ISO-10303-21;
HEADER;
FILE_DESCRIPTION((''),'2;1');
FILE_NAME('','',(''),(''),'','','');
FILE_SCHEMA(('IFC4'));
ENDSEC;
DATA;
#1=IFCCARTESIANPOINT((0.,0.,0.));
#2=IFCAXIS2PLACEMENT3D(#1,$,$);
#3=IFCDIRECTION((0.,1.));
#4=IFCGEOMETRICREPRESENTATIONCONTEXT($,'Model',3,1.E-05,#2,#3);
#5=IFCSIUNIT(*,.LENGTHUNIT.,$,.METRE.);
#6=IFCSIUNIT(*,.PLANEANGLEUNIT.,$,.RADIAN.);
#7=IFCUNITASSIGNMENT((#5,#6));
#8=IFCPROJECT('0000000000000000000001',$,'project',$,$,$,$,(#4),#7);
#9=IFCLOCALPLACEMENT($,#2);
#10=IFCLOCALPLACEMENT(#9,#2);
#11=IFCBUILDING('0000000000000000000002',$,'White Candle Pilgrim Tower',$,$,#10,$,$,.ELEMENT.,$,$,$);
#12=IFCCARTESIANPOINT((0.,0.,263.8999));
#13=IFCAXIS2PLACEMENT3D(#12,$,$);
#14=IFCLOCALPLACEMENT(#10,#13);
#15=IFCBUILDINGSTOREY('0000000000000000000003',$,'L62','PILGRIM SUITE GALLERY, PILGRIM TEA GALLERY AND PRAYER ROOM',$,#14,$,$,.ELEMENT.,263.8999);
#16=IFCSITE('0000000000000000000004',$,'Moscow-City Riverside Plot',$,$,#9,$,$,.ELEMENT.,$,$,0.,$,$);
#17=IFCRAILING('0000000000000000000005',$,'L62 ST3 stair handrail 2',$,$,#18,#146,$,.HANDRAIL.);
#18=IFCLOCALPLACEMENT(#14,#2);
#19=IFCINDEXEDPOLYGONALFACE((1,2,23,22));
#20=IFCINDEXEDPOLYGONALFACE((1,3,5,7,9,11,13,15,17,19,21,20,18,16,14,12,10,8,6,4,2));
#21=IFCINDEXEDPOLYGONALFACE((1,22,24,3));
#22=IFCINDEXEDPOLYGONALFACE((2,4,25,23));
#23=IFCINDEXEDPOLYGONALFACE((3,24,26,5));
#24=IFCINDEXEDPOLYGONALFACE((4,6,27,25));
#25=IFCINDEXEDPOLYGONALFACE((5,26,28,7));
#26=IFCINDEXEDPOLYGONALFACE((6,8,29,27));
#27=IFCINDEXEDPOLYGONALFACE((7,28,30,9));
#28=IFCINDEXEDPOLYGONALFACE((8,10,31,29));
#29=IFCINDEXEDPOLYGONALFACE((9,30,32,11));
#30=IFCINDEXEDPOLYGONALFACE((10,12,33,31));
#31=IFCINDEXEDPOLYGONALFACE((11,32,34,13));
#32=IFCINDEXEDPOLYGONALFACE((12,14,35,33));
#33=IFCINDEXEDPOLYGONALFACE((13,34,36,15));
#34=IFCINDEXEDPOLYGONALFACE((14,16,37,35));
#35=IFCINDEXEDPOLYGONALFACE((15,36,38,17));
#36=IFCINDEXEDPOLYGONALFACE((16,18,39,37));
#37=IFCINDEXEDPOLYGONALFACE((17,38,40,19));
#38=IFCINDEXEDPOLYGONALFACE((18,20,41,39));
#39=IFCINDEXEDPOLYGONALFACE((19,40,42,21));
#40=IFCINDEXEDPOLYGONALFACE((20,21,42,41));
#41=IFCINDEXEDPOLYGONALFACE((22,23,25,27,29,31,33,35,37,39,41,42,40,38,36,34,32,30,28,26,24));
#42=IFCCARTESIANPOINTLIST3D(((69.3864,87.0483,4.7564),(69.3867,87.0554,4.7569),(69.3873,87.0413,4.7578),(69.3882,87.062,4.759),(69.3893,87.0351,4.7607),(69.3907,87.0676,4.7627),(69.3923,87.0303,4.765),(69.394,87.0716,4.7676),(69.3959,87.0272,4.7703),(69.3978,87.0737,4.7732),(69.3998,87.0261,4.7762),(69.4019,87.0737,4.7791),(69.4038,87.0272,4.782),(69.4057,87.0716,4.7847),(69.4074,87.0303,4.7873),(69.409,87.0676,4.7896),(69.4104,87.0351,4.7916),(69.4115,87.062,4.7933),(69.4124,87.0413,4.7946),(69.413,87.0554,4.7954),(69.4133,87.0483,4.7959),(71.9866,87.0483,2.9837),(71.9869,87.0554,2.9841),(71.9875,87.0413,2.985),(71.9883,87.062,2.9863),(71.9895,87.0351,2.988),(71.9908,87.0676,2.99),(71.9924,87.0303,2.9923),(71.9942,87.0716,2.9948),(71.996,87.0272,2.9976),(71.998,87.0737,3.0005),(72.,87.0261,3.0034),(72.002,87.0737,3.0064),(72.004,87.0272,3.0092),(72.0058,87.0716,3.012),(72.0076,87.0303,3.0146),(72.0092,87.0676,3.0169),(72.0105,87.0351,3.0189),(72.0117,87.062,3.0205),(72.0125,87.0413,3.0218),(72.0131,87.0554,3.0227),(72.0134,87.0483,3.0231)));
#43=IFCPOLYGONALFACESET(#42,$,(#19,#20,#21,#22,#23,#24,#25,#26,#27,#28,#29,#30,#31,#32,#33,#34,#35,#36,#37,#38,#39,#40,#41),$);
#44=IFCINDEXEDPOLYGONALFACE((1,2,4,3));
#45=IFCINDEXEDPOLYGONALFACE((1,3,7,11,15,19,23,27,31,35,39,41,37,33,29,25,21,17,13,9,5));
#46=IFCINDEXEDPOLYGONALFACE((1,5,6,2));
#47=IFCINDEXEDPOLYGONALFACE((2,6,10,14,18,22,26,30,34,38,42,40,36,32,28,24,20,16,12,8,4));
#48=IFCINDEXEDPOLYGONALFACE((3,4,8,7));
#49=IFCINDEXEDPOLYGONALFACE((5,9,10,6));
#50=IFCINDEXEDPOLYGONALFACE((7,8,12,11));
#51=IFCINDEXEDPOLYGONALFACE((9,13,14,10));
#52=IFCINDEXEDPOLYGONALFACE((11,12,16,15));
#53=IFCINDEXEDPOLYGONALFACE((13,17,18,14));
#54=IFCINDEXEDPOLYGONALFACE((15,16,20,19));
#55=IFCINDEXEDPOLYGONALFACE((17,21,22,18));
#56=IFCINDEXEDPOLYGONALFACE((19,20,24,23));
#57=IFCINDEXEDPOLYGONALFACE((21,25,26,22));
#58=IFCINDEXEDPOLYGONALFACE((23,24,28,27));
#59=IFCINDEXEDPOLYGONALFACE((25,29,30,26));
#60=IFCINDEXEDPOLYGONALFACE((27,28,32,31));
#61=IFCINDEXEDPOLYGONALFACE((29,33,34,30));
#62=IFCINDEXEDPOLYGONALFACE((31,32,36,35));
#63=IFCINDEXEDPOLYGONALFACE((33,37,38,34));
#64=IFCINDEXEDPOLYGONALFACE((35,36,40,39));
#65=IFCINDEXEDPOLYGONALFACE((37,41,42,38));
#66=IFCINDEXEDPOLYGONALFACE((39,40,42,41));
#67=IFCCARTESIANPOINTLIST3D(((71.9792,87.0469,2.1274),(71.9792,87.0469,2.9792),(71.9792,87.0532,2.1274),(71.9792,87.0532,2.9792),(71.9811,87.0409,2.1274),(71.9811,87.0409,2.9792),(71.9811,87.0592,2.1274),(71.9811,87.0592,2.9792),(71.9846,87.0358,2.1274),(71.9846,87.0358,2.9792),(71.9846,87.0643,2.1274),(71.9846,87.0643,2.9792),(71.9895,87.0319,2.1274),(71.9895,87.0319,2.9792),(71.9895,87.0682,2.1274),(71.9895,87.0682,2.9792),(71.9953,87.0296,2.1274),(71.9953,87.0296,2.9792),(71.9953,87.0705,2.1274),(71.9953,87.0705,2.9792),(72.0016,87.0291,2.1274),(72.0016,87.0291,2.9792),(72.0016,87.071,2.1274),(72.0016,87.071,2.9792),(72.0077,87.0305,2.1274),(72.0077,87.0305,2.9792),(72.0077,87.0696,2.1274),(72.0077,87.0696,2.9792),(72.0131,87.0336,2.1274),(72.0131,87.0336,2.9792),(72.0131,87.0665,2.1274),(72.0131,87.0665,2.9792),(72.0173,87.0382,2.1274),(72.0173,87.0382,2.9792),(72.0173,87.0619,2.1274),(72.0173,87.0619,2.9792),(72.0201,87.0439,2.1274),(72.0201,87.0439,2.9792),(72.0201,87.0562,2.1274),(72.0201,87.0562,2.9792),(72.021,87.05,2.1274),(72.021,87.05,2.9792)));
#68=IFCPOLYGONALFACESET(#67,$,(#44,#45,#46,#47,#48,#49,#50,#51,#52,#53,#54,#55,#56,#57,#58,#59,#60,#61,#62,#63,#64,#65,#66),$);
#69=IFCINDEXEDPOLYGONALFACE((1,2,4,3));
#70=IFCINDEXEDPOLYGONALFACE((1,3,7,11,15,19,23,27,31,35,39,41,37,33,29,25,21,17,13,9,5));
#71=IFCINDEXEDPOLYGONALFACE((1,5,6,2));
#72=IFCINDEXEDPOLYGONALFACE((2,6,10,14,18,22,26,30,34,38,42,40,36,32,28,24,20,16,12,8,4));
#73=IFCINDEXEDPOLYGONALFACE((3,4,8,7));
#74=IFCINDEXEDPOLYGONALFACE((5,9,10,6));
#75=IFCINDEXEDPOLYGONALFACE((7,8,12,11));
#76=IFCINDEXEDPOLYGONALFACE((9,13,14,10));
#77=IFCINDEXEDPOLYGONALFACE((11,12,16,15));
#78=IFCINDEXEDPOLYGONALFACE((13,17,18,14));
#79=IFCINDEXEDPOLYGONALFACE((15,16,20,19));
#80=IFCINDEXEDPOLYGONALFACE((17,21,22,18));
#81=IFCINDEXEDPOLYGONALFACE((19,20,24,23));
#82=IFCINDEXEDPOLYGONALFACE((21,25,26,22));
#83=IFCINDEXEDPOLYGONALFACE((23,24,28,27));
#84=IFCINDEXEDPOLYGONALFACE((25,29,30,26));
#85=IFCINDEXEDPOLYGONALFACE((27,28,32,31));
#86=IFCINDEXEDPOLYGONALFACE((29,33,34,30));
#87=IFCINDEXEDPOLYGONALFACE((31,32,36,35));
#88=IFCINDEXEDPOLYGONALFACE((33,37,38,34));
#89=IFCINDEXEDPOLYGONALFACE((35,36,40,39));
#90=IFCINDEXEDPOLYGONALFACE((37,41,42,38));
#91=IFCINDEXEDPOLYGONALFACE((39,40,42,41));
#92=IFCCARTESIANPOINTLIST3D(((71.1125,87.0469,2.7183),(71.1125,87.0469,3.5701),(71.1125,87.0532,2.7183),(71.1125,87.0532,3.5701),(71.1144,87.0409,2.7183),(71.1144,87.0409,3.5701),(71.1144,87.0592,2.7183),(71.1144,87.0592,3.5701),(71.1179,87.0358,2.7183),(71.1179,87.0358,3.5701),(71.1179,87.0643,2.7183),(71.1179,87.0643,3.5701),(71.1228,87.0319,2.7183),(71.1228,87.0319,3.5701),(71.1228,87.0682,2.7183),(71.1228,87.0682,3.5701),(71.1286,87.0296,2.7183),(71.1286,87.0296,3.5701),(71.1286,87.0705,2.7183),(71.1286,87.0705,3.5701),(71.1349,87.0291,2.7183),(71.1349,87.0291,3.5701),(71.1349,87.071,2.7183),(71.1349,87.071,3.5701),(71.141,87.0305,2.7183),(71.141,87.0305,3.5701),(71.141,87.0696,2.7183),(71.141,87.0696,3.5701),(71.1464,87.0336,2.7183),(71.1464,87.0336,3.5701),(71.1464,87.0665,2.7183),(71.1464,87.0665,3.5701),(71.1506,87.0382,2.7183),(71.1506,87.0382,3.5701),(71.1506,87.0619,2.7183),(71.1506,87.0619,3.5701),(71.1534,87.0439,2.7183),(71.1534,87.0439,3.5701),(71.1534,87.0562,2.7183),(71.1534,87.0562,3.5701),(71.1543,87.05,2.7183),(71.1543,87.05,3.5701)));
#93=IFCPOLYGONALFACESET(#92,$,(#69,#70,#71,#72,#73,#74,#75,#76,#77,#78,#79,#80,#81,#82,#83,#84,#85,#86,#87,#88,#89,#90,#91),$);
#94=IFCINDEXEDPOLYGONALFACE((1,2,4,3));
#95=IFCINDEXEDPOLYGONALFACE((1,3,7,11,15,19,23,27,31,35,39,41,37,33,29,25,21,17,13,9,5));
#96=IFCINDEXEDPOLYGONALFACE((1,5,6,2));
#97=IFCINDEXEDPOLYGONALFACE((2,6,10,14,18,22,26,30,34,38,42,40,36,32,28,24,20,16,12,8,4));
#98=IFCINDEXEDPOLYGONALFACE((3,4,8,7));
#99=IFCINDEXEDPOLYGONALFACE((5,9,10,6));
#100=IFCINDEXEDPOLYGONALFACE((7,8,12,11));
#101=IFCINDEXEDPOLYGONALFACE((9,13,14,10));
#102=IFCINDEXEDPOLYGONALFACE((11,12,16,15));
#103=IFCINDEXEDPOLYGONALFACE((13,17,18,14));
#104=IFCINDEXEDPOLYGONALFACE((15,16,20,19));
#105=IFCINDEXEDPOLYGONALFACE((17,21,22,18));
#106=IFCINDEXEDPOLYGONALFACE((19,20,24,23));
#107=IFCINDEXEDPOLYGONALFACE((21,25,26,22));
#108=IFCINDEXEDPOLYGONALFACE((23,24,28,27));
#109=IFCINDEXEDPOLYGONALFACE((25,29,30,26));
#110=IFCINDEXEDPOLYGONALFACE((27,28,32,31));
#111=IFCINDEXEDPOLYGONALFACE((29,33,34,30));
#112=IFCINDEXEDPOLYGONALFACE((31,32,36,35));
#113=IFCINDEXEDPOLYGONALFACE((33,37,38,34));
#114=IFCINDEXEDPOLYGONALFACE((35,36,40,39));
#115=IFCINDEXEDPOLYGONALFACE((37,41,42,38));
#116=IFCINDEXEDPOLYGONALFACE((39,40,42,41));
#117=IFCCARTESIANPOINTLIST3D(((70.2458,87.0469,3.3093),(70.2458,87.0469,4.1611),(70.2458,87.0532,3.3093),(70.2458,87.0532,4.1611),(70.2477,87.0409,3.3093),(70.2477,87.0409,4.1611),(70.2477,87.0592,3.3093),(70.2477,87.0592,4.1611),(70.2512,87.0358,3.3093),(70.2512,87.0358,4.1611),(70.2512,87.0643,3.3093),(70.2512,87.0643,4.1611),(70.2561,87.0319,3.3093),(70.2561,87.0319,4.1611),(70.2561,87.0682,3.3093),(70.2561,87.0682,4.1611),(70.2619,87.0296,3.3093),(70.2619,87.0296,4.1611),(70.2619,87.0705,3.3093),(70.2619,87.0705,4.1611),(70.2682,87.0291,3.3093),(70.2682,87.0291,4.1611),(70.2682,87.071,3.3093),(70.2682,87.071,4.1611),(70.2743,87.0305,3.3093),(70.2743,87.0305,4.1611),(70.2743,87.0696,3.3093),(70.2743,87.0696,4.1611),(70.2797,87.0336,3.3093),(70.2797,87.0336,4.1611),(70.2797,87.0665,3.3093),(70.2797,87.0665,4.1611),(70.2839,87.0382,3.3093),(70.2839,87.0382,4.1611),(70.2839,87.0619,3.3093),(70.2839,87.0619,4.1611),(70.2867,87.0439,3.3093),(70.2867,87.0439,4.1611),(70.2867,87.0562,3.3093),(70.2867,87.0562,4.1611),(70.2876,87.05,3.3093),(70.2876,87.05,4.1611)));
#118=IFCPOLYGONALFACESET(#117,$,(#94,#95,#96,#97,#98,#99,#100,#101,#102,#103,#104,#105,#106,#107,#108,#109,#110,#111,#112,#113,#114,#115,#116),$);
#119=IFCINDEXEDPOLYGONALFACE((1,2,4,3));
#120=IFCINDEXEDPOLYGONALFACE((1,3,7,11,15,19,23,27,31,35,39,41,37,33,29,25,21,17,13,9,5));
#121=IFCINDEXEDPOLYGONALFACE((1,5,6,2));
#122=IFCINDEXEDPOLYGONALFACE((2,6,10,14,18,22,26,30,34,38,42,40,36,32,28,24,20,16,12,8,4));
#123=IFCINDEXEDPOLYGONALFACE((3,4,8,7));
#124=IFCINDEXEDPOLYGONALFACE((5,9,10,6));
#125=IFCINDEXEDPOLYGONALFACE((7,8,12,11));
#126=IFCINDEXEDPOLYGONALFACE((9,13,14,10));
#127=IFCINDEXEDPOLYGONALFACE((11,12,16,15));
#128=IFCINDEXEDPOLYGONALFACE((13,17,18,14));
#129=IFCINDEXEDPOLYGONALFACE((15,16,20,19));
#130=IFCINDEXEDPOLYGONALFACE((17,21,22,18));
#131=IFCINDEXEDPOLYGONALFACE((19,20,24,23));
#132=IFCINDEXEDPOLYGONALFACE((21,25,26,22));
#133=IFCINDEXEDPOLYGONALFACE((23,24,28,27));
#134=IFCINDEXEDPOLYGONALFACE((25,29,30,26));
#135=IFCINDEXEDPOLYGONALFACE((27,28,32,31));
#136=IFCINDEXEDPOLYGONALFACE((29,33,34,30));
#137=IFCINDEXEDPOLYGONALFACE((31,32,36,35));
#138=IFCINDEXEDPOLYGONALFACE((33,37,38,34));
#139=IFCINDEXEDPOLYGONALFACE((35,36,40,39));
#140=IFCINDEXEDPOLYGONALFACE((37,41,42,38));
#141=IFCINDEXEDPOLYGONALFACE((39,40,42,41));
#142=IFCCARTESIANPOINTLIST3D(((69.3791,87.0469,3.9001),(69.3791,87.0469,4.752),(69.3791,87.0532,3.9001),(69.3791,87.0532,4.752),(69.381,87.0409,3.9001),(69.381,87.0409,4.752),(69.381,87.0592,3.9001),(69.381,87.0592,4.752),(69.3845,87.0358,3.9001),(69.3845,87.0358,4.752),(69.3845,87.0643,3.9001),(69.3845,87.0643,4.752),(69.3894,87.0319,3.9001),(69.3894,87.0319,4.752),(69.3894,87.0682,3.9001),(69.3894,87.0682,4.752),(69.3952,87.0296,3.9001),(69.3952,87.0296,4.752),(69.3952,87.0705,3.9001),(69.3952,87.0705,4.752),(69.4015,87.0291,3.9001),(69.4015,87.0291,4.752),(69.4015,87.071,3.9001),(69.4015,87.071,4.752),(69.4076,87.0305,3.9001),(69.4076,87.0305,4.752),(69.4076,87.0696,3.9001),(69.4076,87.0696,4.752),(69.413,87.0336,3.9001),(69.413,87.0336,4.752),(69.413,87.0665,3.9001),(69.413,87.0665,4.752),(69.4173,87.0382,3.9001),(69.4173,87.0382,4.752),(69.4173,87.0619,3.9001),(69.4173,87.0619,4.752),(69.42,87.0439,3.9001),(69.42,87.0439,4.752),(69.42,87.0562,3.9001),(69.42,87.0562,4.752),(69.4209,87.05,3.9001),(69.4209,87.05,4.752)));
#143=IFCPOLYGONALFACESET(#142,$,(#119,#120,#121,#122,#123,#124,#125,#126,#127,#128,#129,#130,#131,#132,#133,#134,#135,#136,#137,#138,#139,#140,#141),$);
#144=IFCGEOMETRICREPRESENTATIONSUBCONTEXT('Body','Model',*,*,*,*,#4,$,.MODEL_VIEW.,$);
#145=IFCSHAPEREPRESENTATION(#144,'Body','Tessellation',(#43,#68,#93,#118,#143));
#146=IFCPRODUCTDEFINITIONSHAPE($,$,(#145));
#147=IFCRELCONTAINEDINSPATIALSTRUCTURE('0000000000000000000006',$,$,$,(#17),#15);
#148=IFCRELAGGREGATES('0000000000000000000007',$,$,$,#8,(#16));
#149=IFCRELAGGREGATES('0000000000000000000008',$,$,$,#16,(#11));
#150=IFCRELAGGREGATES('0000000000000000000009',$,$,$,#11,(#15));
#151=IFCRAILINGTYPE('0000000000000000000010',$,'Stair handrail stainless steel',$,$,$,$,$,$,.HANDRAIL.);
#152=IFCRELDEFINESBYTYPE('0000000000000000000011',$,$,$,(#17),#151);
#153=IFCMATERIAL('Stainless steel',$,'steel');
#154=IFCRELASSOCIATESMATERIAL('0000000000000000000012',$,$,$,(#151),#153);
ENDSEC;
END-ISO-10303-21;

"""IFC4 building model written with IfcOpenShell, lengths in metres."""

from ifc_helpers import new_model, si_unit, direction, frame, origin, origin_2d, place, context, subcontext, project, spatial, circle, extrude, material, type_object, element, save


model = new_model("IFC4")

# Units and contexts
model_context = context("Model", 3, precision=1e-05, world=origin(), true_north=direction((0.0, 1.0)))
body_context = subcontext(model_context, "Body", "Model", "MODEL_VIEW")
ifc_project = project(units=[si_unit("LENGTHUNIT", "METRE"), si_unit("PLANEANGLEUNIT", "RADIAN")], contexts=[model_context])

# Site, building, storey
site_placement = place(None, origin())
site = spatial("IfcSite", under=ifc_project, at=site_placement, Name="Moscow-City Riverside Plot", CompositionType="ELEMENT", RefElevation=0.0)
building_placement = place(site_placement, origin())
building = spatial("IfcBuilding", under=site, at=building_placement, Name="White Candle Pilgrim Tower", CompositionType="ELEMENT")
storey_placement = place(building_placement, frame((0.0, 0.0, 263.8999)))
storey = spatial("IfcBuildingStorey", under=building, at=storey_placement, Name="L62", Description="PILGRIM SUITE GALLERY, PILGRIM TEA GALLERY AND PRAYER ROOM", CompositionType="ELEMENT", Elevation=263.8999)

# Railing
ifc_material_1 = material(Name="Stainless steel", Category="steel")
railing_type_1 = type_object("IfcRailingType", Name="Stair handrail stainless steel", PredefinedType="HANDRAIL", material=ifc_material_1)
railing_1_placement = place(storey_placement, frame((72.0, 87.05, 2.1274)))
element("IfcRailing", 1, at=railing_1_placement, inside=storey, type_object=railing_type_1, Name="L62 ST3 stair handrail 2", PredefinedType="HANDRAIL", context=body_context, shape_type="SweptSolid", body=[
    extrude(circle(Radius=0.0239, at=origin_2d()), frame((0.0, 0.0, 0.876), z_axis=(-0.82624, 0.0, 0.563318), x_axis=(0.0, -1.0, 0.0)), (0.0, 0.0, 1.0), 3.147),
    extrude(circle(Radius=0.021, at=origin_2d()), origin(), (0.0, 0.0, 1.0), 0.8518),
    extrude(circle(Radius=0.021, at=origin_2d()), frame((-0.8667, 0.0, 0.5908)), (0.0, 0.0, 1.0), 0.8518),
    extrude(circle(Radius=0.021, at=origin_2d()), frame((-1.7334, 0.0, 1.1819)), (0.0, 0.0, 1.0), 0.8518),
    extrude(circle(Radius=0.021, at=origin_2d()), frame((-2.6001, 0.0, 1.7727)), (0.0, 0.0, 1.0), 0.8518),
])

save(model, "model.ifc")
